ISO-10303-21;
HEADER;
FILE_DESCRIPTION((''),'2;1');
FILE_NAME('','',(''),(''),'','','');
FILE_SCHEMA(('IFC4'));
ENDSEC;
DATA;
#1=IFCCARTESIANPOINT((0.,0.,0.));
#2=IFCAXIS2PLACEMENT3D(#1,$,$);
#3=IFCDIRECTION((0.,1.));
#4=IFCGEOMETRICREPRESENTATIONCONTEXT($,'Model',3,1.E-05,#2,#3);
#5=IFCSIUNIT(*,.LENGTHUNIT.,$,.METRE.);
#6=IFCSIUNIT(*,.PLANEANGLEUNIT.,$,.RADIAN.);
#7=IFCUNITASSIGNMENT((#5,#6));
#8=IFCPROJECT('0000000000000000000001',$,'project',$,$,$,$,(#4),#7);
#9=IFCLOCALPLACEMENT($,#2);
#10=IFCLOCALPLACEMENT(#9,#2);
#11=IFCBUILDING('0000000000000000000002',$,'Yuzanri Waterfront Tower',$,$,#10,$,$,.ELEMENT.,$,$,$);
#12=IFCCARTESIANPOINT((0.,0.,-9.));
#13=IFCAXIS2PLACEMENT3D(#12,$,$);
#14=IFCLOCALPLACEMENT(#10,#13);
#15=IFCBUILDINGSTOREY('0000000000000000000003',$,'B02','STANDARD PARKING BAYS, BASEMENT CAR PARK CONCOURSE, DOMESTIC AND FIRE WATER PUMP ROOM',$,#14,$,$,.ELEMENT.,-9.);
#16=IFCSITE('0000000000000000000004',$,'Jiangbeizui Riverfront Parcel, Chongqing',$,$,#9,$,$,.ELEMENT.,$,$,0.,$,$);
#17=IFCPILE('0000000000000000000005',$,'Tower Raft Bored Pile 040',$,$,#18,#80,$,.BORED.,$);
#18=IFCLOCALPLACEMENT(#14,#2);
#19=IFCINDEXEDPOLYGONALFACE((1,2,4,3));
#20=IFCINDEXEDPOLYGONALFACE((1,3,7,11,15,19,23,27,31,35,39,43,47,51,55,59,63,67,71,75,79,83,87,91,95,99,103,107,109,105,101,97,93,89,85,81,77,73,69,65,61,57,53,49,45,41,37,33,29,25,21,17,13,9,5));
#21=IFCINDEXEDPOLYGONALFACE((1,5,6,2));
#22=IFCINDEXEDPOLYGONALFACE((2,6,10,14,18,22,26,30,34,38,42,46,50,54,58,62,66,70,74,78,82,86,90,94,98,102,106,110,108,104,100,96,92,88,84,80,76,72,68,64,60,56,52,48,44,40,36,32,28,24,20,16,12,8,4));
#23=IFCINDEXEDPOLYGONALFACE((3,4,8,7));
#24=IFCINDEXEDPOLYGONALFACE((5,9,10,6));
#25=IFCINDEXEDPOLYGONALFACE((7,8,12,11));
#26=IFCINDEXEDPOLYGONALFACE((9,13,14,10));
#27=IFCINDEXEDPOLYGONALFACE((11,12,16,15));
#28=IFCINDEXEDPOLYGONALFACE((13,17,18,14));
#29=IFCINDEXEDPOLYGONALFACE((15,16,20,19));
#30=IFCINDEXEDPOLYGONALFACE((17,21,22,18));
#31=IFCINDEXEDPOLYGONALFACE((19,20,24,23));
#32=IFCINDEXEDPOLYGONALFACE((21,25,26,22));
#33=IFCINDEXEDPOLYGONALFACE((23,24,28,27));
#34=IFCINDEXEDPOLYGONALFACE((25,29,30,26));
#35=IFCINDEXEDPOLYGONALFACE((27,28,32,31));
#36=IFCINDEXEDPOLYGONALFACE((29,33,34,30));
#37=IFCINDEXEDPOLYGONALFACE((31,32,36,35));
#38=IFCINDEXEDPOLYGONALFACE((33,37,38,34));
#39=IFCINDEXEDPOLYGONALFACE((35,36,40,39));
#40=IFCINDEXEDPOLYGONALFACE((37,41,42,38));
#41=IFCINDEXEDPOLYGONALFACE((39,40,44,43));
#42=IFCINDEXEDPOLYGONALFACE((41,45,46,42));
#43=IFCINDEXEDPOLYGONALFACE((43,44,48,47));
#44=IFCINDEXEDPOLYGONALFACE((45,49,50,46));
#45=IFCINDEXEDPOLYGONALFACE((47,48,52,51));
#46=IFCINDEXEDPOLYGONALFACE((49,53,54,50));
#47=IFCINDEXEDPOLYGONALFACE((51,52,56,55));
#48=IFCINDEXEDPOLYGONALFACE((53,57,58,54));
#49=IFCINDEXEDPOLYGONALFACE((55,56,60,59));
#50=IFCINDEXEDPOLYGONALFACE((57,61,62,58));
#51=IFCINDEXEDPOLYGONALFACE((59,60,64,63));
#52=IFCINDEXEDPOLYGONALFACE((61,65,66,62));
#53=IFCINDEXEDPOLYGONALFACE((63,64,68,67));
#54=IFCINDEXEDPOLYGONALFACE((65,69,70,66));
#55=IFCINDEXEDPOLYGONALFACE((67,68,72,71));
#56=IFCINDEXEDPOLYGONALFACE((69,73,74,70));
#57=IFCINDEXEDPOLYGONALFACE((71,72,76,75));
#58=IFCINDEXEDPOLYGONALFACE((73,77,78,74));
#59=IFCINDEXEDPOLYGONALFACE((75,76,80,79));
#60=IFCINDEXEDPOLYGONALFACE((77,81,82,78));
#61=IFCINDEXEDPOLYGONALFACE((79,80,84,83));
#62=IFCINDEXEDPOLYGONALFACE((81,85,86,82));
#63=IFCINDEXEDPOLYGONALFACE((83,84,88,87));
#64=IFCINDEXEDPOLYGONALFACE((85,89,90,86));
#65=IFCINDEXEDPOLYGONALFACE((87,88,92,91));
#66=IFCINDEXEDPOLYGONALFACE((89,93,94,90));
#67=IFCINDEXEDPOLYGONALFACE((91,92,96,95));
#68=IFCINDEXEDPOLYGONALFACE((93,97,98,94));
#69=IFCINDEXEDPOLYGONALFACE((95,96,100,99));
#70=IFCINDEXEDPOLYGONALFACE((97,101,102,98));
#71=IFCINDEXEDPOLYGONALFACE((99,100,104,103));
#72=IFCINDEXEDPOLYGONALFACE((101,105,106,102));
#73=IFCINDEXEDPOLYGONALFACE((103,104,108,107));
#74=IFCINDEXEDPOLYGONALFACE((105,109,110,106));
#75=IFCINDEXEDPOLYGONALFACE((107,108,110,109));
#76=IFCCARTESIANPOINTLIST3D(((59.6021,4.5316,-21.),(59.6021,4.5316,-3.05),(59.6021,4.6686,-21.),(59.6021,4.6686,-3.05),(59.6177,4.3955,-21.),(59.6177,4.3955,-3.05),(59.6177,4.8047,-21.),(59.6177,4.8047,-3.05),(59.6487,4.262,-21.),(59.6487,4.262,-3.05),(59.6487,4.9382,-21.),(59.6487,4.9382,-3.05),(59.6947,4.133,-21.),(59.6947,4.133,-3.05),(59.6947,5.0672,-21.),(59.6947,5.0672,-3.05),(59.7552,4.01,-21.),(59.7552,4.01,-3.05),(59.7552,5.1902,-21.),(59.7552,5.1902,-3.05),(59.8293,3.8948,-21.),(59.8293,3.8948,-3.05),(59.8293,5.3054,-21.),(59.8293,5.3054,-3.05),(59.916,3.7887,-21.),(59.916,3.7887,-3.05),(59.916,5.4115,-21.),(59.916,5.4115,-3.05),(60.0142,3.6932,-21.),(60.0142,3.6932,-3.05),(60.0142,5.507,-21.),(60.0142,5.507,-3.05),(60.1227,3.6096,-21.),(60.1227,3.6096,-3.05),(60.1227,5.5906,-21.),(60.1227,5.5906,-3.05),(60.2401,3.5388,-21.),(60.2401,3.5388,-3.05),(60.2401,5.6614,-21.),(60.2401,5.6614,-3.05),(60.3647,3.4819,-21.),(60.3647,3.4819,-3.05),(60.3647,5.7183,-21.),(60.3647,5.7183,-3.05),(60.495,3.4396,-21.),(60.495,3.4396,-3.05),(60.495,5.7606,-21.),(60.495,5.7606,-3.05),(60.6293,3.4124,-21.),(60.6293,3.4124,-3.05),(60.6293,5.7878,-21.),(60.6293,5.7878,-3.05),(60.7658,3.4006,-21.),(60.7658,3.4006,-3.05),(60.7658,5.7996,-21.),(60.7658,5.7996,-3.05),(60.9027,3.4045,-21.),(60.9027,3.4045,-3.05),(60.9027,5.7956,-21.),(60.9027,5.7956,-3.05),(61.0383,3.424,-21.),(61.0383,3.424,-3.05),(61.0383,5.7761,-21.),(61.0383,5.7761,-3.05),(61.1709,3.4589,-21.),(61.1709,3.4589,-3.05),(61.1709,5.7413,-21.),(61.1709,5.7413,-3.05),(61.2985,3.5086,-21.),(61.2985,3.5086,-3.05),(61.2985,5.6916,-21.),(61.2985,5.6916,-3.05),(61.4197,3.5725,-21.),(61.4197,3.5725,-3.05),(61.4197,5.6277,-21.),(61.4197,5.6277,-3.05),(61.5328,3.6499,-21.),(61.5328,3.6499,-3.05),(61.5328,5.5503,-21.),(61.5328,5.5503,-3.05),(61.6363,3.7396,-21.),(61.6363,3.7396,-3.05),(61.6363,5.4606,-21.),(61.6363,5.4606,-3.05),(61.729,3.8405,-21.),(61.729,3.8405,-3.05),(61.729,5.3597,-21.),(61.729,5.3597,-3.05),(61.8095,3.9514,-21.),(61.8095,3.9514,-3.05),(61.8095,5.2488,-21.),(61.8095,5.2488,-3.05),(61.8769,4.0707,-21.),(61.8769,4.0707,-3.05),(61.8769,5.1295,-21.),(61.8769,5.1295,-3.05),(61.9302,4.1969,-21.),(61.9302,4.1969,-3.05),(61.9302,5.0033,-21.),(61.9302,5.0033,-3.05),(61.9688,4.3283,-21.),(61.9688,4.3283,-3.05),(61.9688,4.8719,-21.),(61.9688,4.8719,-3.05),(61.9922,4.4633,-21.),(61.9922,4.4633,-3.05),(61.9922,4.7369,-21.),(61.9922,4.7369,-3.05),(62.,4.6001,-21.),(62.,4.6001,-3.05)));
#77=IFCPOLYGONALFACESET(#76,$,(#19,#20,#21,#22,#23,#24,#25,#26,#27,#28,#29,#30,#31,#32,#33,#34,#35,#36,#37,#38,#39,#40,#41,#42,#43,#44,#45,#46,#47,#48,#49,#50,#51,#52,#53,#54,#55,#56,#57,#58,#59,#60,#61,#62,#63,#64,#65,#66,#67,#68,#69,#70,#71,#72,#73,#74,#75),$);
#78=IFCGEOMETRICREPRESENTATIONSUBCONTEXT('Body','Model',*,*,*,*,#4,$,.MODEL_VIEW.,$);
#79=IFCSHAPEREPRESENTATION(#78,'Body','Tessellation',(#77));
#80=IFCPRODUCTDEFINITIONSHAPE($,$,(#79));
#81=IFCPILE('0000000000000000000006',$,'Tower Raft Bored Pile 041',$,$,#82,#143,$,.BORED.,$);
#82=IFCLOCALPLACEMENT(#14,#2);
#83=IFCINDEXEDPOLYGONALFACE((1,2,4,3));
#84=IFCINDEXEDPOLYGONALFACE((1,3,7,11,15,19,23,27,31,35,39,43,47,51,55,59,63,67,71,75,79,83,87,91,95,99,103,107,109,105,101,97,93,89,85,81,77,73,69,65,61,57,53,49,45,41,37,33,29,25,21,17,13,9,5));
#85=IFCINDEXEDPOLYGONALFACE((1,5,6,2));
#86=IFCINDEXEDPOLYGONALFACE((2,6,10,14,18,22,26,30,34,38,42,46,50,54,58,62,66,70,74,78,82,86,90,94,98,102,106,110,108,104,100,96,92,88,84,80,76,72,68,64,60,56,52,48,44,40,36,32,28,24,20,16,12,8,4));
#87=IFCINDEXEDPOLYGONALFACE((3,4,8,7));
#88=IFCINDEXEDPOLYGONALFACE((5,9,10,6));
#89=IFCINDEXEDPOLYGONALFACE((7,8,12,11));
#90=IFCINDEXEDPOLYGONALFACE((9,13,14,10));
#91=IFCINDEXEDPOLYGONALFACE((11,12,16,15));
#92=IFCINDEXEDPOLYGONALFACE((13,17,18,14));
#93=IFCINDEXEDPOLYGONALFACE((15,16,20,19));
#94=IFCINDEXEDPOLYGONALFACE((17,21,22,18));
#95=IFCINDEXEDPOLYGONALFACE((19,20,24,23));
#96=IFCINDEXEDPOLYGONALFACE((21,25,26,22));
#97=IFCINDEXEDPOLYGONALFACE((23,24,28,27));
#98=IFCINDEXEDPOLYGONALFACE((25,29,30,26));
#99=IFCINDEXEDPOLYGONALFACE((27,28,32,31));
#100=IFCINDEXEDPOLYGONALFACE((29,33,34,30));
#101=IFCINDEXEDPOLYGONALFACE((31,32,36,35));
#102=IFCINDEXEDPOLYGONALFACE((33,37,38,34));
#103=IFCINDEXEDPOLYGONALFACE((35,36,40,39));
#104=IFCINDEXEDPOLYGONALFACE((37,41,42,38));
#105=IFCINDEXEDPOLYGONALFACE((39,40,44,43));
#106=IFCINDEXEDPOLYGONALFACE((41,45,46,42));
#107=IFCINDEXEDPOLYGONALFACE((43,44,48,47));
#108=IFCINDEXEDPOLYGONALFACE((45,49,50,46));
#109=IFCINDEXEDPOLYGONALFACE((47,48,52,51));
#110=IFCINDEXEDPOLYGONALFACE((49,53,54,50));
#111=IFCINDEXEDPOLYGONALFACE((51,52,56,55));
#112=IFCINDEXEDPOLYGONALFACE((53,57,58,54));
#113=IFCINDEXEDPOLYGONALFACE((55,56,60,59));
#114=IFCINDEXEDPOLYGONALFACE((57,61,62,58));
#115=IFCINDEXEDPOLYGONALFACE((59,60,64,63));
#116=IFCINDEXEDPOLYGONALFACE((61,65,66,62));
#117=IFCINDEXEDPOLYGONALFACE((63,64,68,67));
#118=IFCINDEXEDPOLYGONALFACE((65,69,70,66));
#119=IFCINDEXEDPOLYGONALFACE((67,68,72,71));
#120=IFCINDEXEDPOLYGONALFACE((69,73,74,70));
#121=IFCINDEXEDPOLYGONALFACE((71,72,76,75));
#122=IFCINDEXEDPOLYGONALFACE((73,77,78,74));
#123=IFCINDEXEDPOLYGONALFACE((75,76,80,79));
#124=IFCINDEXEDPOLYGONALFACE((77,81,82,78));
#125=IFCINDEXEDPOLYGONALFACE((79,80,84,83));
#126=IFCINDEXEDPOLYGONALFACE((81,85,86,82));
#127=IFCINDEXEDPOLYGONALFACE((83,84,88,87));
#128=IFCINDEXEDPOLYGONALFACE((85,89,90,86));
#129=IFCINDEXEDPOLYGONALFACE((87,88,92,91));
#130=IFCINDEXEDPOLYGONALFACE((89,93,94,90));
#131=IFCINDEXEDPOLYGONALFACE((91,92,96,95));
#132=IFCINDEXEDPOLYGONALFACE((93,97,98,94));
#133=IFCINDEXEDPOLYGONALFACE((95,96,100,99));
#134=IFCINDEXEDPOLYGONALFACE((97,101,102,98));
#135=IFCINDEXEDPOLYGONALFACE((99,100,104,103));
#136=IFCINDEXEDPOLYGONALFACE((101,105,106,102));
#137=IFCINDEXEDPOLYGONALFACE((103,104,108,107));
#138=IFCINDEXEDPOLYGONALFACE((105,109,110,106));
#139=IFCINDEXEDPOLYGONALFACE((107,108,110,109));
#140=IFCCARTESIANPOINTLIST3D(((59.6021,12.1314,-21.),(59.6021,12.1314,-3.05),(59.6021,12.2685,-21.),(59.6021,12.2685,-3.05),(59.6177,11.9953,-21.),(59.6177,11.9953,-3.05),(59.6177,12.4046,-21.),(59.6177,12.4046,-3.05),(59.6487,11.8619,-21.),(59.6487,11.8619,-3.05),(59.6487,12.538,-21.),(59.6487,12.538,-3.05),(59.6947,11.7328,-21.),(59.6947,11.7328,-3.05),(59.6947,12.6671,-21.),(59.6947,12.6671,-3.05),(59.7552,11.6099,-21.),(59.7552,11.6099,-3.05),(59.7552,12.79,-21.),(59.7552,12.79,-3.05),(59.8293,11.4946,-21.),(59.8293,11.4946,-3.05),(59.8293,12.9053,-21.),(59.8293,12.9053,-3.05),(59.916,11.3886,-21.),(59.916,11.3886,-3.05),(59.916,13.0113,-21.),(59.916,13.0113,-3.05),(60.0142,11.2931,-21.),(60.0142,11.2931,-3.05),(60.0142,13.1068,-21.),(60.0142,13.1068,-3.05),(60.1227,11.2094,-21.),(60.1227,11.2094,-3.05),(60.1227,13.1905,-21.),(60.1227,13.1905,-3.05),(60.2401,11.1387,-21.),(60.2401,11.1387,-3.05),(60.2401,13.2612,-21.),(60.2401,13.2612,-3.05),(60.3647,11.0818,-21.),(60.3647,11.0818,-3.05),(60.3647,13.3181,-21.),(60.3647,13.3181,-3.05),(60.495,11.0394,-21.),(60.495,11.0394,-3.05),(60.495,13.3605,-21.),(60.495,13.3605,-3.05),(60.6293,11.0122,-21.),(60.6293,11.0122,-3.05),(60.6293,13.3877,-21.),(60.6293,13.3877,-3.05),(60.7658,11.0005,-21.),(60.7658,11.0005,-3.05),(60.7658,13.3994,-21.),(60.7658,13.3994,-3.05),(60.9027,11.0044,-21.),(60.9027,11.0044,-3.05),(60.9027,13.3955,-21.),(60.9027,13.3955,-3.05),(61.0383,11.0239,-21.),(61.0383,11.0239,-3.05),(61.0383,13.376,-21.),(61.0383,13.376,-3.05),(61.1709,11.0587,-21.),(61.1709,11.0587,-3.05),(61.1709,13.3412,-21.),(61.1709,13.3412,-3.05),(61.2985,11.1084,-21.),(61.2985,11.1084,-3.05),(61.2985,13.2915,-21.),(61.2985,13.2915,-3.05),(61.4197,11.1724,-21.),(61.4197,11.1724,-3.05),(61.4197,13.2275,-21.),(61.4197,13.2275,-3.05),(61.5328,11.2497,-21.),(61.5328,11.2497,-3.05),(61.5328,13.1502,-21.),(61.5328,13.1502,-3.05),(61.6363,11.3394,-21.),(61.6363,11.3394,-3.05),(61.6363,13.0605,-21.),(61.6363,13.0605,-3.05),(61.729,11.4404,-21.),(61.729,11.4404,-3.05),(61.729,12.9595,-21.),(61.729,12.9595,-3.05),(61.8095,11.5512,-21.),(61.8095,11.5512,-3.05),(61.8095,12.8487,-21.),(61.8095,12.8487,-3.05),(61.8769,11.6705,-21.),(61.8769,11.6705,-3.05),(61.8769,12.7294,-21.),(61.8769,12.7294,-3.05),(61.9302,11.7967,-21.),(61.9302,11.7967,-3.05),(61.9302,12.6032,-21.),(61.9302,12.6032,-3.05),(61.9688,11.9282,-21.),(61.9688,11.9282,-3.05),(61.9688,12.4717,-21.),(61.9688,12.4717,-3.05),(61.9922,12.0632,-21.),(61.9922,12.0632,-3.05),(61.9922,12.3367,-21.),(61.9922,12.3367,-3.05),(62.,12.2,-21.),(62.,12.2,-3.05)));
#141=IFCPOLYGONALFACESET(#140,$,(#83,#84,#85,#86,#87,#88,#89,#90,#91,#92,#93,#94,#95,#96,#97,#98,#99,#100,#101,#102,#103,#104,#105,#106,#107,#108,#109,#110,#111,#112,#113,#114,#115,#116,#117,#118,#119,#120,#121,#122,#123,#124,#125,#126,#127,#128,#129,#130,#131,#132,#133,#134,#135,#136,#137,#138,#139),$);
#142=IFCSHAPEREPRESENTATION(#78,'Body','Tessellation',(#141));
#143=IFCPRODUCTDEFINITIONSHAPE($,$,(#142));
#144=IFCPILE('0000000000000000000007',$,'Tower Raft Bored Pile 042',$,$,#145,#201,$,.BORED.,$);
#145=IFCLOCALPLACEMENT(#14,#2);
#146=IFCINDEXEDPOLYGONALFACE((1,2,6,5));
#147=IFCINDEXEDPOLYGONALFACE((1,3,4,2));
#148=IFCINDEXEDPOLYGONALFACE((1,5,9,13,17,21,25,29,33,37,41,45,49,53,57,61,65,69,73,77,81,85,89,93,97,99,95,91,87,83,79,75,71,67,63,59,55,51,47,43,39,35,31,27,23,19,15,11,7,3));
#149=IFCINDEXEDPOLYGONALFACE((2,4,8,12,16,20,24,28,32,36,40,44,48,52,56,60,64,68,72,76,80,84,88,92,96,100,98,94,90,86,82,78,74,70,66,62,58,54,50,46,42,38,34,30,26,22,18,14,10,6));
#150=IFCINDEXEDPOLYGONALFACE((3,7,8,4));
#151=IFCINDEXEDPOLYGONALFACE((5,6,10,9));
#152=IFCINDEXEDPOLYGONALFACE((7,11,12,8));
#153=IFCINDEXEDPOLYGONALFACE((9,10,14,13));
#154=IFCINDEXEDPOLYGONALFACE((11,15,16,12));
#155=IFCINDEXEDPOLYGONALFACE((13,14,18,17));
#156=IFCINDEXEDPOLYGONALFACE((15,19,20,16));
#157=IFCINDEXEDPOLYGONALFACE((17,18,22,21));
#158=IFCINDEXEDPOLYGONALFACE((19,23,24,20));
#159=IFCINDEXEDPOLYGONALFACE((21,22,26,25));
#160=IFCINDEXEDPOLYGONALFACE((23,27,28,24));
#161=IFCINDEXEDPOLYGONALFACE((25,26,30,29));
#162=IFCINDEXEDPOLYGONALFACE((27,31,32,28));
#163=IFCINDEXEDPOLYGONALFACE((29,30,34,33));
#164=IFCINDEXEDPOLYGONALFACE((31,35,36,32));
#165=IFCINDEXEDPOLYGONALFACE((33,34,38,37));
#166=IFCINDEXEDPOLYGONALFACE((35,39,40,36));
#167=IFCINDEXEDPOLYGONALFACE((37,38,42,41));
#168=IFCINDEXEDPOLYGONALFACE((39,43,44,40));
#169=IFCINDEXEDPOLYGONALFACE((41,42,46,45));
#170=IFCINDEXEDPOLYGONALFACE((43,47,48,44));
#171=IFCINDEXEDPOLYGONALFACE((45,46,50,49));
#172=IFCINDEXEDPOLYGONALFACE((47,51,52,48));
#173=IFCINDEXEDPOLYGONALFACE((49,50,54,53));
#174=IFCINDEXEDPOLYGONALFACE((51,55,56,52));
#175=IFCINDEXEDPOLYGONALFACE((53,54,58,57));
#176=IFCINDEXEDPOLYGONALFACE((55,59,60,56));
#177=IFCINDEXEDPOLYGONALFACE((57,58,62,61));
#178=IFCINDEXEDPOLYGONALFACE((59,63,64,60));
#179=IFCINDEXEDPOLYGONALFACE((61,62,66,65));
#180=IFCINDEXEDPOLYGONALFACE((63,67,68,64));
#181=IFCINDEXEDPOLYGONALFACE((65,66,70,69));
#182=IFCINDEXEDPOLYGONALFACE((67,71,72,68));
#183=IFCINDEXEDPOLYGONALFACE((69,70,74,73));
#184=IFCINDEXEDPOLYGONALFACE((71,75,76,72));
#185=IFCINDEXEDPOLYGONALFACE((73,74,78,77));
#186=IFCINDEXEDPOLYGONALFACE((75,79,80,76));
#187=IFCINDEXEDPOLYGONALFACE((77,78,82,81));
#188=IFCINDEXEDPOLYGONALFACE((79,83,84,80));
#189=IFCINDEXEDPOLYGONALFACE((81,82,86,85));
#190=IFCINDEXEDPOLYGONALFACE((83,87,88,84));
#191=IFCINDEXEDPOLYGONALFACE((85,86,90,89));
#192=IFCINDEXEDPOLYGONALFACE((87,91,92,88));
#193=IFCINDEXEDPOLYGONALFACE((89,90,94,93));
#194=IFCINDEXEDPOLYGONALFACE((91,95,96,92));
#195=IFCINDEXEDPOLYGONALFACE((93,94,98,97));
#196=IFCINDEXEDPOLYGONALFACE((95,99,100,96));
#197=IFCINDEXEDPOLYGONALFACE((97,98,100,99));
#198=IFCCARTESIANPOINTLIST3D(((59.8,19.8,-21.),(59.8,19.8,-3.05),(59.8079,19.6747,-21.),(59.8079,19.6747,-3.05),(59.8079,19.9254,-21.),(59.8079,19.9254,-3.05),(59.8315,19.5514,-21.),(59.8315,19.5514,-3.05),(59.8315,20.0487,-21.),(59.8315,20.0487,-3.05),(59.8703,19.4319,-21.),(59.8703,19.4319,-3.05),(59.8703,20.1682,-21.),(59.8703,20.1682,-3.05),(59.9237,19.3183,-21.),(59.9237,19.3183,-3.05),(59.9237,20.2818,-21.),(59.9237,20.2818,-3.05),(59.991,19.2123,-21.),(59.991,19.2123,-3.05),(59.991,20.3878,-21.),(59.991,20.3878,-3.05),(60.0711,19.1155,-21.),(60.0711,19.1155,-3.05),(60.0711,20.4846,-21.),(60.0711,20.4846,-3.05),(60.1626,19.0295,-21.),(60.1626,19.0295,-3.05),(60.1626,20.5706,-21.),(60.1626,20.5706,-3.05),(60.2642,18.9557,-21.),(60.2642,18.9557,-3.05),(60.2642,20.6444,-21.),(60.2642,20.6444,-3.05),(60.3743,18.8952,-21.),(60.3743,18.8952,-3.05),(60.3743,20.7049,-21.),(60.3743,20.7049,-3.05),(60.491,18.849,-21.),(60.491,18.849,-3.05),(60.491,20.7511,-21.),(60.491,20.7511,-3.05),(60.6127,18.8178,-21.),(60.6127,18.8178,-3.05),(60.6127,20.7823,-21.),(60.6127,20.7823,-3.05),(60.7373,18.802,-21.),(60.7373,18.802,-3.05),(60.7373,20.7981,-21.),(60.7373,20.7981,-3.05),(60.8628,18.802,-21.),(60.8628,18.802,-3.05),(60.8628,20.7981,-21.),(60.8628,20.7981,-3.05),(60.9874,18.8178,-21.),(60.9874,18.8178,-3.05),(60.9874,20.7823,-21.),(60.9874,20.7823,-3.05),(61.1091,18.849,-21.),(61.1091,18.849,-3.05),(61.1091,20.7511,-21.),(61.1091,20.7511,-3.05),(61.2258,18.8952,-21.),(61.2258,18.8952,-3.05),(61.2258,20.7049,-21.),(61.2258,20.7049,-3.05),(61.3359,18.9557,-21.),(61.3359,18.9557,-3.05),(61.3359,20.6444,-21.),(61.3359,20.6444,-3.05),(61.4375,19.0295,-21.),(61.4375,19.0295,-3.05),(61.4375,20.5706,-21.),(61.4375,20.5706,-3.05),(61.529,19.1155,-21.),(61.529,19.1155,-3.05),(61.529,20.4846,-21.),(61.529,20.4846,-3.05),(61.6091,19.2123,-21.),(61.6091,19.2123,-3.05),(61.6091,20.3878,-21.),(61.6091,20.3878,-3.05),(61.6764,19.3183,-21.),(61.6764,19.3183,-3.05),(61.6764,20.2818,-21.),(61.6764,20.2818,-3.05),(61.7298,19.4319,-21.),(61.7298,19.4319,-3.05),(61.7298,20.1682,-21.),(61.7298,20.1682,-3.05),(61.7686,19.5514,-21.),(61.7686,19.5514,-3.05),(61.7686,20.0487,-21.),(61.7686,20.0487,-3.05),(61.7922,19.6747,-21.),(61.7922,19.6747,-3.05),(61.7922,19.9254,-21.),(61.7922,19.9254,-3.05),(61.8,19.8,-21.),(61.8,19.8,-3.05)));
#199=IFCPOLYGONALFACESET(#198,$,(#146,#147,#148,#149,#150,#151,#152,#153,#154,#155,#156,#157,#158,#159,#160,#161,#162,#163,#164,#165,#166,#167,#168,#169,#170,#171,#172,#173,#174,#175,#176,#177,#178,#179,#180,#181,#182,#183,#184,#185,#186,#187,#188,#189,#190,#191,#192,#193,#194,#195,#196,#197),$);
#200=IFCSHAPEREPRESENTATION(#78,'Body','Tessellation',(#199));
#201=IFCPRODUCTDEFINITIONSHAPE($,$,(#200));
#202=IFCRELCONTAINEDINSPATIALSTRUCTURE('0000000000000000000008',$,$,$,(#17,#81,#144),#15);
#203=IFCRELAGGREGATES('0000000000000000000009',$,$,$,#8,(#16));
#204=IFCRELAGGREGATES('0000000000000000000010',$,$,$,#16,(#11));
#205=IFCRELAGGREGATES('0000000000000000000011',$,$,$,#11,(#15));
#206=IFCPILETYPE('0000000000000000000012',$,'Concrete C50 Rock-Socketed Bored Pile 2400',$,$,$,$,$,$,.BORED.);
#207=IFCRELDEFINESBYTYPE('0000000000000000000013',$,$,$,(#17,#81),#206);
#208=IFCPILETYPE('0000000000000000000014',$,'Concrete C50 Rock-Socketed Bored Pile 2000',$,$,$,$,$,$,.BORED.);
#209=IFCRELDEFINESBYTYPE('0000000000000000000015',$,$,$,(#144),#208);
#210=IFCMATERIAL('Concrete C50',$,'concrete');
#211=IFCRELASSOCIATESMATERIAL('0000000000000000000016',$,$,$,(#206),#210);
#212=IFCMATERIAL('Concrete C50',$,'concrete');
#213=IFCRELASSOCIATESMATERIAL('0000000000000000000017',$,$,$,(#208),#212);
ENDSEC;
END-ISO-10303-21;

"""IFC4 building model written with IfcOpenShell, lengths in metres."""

from ifc_helpers import new_model, si_unit, direction, frame, origin, origin_2d, place, context, subcontext, project, spatial, circle, extrude, source, transform, mapped, material, material_profile, profile_set, type_object, element, save


model = new_model("IFC4")

# Units and contexts
model_context = context("Model", 3, precision=1e-05, world=origin(), true_north=direction((0.0, 1.0)))
body_context = subcontext(model_context, "Body", "Model", "MODEL_VIEW")
ifc_project = project(units=[si_unit("LENGTHUNIT", "METRE"), si_unit("PLANEANGLEUNIT", "RADIAN")], contexts=[model_context])

# Site, building, storey
site_placement = place(None, origin())
site = spatial("IfcSite", under=ifc_project, at=site_placement, Name="Jiangbeizui Riverfront Parcel, Chongqing", CompositionType="ELEMENT", RefElevation=0.0)
building_placement = place(site_placement, origin())
building = spatial("IfcBuilding", under=site, at=building_placement, Name="Yuzanri Waterfront Tower", CompositionType="ELEMENT")
storey_placement = place(building_placement, frame((0.0, 0.0, -9.0)))
storey = spatial("IfcBuildingStorey", under=building, at=storey_placement, Name="B02", Description="STANDARD PARKING BAYS, BASEMENT CAR PARK CONCOURSE, DOMESTIC AND FIRE WATER PUMP ROOM", CompositionType="ELEMENT", Elevation=-9.0)

# Piles
ifc_material_1 = material(Name="Concrete C50", Category="concrete")
ifc_material_profile_1 = material_profile(ifc_material_1, circle(Radius=1.2, at=origin_2d()), Name="PILE D2400")
ifc_profile_set_1 = profile_set([ifc_material_profile_1], Name="Concrete C50")
pile_type_1 = type_object("IfcPileType", Name="Concrete C50 Rock-Socketed Bored Pile 2400", PredefinedType="BORED", material=ifc_profile_set_1)
shared_shape_1 = source(origin(), body_context, "Body", "SweptSolid", [
    extrude(circle(Radius=1.2, at=origin_2d()), origin(), (0.0, 0.0, 1.0), 17.95),
])
for number, where, z_axis, x_axis, name in (
    (1, (60.8, 4.6001, -3.05), (0.0, 0.0, -1.0), (1.0, 0.0, 0.0), "Tower Raft Bored Pile 040"),
    (2, (60.8, 12.2, -3.05), (0.0, 0.0, -1.0), (1.0, 0.0, 0.0), "Tower Raft Bored Pile 041"),
):
    element("IfcPile", number, at=place(storey_placement, frame(where, z_axis=z_axis, x_axis=x_axis)), inside=storey, type_object=pile_type_1, Name=name, PredefinedType="BORED", context=body_context, shape_type="MappedRepresentation", body=[
        mapped(shared_shape_1, transform((0.0, 0.0, 0.0), scale=1.0)),
    ])
ifc_material_2 = material(Name="Concrete C50", Category="concrete")
ifc_material_profile_2 = material_profile(ifc_material_2, circle(Radius=1.0, at=origin_2d()), Name="PILE D2000")
ifc_profile_set_2 = profile_set([ifc_material_profile_2], Name="Concrete C50")
pile_type_2 = type_object("IfcPileType", Name="Concrete C50 Rock-Socketed Bored Pile 2000", PredefinedType="BORED", material=ifc_profile_set_2)
shared_shape_2 = source(origin(), body_context, "Body", "SweptSolid", [
    extrude(circle(Radius=1.0, at=origin_2d()), origin(), (0.0, 0.0, 1.0), 17.95),
])
pile_placement = place(storey_placement, frame((60.8, 19.8, -3.05), z_axis=(0.0, 0.0, -1.0), x_axis=(1.0, 0.0, 0.0)))
element("IfcPile", 3, at=pile_placement, inside=storey, type_object=pile_type_2, Name="Tower Raft Bored Pile 042", PredefinedType="BORED", context=body_context, shape_type="MappedRepresentation", body=[
    mapped(shared_shape_2, transform((0.0, 0.0, 0.0), scale=1.0)),
])

save(model, "model.ifc")
